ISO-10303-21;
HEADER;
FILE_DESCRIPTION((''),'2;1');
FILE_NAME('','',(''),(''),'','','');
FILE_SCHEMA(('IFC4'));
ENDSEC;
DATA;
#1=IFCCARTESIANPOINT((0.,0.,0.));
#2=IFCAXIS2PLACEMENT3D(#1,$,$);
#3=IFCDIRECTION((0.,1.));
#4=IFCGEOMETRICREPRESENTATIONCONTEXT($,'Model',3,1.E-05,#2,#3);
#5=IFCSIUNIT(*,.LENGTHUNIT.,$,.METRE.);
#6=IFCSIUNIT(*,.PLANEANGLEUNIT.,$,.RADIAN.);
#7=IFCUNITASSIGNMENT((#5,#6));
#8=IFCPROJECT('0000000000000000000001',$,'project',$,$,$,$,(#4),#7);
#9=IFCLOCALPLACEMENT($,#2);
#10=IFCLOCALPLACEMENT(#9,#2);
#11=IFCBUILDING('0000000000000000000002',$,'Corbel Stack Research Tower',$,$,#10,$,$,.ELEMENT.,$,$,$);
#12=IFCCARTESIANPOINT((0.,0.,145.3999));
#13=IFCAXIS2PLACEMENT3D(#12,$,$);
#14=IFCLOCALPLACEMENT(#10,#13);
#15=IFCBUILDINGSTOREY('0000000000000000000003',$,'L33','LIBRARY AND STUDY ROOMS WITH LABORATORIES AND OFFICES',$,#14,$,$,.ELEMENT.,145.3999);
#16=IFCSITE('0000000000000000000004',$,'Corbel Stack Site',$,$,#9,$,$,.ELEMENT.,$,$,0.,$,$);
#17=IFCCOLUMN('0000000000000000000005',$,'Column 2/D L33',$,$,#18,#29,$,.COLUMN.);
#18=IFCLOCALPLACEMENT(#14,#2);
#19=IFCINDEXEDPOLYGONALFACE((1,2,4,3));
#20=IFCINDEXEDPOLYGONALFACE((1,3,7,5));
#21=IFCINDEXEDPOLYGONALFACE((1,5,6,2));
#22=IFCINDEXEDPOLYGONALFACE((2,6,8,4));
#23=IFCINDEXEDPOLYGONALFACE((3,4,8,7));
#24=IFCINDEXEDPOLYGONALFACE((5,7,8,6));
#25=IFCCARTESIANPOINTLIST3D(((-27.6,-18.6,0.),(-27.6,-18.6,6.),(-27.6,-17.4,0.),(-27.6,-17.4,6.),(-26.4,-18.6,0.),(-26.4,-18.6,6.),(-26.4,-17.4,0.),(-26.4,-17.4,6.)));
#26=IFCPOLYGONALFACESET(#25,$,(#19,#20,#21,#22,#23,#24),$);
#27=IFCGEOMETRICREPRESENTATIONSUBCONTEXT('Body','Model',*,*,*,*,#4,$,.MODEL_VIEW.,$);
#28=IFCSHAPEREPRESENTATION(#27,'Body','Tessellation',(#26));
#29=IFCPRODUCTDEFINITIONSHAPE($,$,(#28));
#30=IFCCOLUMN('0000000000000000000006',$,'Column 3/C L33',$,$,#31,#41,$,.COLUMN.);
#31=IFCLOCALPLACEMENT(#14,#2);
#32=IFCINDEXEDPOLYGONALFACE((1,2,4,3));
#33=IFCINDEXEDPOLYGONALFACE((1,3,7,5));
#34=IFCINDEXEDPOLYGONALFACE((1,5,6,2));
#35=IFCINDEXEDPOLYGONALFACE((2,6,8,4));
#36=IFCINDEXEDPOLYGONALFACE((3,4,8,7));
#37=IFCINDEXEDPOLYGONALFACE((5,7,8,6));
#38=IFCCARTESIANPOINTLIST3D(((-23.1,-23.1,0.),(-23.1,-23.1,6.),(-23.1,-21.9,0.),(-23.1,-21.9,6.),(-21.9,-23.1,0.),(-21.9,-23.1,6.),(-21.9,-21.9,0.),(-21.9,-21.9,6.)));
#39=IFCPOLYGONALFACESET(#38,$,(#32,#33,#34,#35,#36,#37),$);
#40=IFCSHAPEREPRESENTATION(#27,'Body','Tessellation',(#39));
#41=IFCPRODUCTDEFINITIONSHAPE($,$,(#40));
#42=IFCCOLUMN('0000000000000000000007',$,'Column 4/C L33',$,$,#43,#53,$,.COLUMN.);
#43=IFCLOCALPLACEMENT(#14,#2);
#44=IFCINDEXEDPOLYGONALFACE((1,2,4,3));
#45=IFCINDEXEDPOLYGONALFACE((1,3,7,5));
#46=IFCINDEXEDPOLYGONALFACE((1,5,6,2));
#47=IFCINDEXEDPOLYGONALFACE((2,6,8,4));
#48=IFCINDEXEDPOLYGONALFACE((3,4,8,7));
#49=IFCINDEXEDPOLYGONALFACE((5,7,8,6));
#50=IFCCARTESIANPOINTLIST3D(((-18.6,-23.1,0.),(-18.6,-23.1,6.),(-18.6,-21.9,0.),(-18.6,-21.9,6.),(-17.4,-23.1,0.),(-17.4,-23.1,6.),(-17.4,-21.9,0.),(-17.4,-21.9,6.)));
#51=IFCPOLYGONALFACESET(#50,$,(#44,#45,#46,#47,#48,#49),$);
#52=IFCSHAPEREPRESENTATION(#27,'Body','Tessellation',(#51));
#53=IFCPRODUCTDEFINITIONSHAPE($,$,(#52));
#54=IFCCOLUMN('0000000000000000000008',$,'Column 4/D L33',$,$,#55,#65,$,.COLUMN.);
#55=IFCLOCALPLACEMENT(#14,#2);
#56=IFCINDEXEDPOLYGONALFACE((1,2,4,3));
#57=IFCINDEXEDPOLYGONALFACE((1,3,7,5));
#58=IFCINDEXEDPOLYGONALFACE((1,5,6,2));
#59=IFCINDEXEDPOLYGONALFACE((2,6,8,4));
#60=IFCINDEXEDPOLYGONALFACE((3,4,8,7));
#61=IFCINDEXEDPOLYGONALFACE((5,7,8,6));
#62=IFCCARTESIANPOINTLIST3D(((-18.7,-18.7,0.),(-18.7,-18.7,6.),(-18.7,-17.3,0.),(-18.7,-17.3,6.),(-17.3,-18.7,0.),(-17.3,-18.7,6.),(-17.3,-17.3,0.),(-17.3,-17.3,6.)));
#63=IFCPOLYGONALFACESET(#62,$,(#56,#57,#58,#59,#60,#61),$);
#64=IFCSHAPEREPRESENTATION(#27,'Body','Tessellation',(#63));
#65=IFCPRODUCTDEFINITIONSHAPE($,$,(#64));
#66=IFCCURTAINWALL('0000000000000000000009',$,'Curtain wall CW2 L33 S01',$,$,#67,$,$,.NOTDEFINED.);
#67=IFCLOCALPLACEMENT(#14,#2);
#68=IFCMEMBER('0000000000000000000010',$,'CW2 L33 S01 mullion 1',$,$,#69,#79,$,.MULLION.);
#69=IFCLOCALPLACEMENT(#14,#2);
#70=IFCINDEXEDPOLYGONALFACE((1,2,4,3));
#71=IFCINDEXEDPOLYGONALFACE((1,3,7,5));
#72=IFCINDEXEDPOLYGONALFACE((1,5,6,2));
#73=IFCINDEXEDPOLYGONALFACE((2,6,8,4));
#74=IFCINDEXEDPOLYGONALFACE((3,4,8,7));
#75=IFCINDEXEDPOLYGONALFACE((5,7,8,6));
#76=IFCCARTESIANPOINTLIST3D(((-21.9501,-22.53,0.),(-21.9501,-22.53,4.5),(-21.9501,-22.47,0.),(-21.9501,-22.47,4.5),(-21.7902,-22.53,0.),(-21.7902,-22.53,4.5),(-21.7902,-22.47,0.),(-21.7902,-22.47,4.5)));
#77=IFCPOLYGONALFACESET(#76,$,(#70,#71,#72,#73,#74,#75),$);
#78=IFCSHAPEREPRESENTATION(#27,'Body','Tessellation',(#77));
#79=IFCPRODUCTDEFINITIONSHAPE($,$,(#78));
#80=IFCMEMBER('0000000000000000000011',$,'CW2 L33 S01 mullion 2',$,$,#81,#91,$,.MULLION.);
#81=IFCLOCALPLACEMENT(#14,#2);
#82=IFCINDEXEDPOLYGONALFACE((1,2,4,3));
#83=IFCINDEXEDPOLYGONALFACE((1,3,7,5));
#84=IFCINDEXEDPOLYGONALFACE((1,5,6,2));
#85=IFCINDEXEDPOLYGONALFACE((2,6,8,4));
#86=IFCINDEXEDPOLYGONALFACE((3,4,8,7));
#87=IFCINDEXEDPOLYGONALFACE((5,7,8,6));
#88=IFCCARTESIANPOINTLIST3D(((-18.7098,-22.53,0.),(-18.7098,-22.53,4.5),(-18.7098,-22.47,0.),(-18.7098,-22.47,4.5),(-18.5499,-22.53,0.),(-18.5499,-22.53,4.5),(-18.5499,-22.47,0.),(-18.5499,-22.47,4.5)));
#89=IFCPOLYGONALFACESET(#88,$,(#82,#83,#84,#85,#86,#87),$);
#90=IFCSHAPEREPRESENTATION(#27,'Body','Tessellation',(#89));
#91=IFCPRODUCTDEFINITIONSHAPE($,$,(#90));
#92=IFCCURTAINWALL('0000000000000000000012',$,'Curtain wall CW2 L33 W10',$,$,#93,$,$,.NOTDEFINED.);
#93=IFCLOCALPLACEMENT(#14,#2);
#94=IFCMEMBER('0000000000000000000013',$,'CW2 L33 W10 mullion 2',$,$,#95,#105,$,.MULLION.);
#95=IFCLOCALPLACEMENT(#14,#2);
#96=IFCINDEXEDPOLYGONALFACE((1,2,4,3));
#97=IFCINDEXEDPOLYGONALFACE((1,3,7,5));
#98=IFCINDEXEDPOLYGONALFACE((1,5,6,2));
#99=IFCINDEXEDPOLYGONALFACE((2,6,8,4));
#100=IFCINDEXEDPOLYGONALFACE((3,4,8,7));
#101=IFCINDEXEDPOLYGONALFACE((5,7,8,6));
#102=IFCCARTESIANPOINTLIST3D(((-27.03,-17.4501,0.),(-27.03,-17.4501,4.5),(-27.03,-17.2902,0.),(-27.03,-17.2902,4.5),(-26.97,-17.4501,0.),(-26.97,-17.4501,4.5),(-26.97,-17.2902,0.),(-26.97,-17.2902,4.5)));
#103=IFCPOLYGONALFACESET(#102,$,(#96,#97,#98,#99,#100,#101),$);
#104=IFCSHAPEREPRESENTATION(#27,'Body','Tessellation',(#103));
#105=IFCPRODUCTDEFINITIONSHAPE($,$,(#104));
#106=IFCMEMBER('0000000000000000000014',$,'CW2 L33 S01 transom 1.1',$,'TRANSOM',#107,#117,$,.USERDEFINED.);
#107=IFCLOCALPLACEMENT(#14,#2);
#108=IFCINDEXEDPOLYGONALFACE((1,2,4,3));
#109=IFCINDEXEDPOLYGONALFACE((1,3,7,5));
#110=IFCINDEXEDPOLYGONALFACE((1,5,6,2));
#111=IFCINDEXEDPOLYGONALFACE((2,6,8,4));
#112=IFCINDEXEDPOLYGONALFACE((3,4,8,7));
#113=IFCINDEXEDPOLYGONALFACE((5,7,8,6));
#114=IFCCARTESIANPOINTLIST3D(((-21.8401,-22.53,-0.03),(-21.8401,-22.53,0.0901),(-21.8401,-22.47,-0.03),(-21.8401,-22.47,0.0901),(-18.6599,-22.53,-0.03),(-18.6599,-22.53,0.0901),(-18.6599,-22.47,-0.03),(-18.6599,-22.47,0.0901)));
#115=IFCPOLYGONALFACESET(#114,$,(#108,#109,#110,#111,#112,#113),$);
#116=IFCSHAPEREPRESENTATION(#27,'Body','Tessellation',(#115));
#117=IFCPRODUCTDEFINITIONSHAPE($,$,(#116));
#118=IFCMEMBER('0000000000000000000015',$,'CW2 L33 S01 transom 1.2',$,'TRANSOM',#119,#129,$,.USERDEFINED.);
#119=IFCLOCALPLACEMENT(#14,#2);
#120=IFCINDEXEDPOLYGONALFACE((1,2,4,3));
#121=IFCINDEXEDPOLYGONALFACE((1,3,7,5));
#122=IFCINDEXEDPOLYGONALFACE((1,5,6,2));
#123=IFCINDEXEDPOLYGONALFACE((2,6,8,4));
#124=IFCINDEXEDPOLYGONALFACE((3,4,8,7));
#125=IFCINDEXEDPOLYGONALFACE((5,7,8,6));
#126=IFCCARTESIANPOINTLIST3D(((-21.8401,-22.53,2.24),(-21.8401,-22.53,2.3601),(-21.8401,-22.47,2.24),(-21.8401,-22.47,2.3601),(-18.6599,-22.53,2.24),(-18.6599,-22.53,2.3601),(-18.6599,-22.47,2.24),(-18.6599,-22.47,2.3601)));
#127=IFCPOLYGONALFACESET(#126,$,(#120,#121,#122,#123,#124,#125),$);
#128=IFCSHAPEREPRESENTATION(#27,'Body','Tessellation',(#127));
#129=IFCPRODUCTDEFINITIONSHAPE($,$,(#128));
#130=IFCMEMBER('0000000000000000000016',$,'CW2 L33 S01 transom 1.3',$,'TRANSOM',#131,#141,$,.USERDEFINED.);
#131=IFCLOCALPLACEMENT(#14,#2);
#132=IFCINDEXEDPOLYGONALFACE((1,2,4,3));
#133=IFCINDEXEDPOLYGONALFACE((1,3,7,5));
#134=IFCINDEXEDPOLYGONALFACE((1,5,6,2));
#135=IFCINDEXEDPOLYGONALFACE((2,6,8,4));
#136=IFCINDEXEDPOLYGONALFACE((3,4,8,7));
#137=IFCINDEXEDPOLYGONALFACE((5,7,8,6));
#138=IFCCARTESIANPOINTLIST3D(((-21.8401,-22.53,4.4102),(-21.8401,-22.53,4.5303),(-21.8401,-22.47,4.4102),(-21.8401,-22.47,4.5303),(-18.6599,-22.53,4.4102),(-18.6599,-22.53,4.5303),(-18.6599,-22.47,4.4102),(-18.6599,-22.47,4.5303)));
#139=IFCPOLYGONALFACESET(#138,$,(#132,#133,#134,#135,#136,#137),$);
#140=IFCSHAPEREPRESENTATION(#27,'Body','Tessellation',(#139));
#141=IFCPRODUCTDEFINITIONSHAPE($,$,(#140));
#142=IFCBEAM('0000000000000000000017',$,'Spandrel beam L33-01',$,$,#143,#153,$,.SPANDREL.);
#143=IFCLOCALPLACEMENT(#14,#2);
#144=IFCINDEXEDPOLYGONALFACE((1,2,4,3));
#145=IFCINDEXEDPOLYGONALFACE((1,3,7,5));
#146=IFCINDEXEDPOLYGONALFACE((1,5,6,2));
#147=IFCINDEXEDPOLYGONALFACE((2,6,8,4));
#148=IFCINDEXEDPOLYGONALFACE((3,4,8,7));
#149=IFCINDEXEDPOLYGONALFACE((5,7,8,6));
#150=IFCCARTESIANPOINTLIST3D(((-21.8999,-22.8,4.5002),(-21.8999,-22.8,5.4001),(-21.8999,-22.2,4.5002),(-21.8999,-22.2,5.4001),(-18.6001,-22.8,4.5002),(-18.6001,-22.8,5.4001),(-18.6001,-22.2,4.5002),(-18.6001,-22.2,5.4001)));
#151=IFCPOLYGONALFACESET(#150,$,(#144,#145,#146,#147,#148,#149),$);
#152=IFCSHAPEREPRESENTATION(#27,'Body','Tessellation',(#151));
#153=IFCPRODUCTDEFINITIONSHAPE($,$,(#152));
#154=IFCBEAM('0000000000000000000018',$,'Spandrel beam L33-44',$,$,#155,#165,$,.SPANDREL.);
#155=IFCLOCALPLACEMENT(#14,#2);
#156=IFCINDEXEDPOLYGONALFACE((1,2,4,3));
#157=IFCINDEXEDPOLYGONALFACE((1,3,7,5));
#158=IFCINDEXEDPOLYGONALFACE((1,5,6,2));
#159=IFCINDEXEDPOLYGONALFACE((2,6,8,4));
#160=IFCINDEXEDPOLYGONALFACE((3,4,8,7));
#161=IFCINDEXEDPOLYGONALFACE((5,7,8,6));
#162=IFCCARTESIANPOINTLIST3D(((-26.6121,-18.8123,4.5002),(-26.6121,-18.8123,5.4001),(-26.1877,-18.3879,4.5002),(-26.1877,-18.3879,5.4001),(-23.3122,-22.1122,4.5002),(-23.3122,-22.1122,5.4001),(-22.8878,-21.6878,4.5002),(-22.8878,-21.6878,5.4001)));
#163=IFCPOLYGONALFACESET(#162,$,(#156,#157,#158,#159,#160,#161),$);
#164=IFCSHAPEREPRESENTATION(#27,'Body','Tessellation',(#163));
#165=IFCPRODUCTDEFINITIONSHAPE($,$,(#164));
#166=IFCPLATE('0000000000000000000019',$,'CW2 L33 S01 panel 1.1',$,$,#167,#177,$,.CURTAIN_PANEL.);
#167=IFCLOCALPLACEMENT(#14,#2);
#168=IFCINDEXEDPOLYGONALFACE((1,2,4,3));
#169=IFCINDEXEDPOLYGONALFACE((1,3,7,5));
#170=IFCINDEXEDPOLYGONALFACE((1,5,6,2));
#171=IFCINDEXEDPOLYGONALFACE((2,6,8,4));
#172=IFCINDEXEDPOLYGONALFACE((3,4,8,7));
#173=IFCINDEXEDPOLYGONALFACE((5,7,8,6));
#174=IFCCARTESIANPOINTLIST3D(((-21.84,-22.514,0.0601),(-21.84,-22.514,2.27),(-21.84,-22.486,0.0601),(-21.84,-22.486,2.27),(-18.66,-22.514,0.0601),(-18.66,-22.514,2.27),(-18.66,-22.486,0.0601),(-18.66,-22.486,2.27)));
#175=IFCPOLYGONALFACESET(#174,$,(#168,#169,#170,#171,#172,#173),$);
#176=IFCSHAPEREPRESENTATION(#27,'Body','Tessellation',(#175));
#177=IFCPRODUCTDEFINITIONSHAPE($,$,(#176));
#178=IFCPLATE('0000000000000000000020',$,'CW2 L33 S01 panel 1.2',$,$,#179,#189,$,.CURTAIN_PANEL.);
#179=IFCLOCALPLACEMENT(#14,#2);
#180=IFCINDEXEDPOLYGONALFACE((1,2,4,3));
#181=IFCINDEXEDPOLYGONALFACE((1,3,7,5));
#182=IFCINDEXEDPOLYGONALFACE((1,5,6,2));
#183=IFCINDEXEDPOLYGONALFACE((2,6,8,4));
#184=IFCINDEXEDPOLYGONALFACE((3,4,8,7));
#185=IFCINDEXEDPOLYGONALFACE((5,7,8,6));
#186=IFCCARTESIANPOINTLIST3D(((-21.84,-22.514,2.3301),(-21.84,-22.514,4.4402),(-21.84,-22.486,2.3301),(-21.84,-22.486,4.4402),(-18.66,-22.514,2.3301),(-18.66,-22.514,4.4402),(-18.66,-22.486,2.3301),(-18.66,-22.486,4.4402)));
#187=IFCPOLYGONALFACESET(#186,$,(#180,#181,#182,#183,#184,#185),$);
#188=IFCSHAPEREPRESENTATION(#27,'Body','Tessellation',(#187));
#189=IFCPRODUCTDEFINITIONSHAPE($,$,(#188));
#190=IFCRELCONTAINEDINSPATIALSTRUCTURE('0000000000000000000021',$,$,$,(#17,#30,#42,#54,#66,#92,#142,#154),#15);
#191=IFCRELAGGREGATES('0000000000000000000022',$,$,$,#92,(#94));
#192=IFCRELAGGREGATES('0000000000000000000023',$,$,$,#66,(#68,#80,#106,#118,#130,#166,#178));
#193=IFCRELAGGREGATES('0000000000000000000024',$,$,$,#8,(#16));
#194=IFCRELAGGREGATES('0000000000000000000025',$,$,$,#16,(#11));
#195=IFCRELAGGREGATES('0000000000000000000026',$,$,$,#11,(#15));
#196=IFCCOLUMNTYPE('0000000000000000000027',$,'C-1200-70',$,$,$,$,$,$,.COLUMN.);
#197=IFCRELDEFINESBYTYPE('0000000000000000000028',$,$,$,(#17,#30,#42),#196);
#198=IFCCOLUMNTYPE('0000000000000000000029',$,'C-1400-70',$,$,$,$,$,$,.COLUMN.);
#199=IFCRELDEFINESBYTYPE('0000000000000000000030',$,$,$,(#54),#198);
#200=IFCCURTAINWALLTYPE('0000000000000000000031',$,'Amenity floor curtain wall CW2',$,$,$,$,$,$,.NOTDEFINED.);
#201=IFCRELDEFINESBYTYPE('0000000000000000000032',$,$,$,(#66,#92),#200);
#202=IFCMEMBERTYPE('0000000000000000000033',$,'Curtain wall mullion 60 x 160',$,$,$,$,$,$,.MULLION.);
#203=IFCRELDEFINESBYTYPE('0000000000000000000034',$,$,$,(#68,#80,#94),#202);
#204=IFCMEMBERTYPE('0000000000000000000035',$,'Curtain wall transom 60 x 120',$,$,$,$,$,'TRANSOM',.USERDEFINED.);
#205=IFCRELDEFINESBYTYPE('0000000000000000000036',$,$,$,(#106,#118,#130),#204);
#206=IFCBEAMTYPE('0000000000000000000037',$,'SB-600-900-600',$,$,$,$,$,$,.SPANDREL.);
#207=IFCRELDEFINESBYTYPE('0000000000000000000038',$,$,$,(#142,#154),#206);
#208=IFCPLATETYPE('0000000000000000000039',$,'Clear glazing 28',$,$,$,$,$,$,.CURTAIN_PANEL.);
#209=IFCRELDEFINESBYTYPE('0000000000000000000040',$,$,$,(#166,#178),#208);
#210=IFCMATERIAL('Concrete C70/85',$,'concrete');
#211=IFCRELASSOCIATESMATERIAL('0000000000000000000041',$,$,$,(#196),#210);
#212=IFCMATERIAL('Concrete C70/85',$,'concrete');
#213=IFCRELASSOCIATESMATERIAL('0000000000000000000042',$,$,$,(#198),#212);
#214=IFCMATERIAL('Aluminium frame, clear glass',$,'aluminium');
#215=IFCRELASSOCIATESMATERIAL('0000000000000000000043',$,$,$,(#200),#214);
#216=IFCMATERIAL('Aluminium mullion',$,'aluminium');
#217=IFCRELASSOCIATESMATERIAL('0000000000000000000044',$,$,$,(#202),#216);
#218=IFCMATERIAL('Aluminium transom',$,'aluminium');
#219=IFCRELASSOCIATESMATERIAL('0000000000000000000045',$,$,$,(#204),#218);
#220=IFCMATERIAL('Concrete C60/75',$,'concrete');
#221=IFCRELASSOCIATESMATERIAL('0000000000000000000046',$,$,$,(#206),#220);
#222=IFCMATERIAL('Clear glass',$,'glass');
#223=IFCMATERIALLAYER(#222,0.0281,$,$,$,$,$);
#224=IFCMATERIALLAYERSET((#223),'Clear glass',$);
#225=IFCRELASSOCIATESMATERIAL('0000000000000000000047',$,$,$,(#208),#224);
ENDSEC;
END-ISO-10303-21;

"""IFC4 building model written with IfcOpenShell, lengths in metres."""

from ifc_helpers import new_model, si_unit, direction, frame, origin, origin_2d, place, context, subcontext, project, spatial, rectangle, extrude, material, layer, layer_set, material_profile, profile_set, type_object, element, aggregate, save


model = new_model("IFC4")

# Units and contexts
model_context = context("Model", 3, precision=1e-05, world=origin(), true_north=direction((0.0, 1.0)))
body_context = subcontext(model_context, "Body", "Model", "MODEL_VIEW")
ifc_project = project(units=[si_unit("LENGTHUNIT", "METRE"), si_unit("PLANEANGLEUNIT", "RADIAN")], contexts=[model_context])

# Site, building, storey
site_placement = place(None, origin())
site = spatial("IfcSite", under=ifc_project, at=site_placement, Name="Corbel Stack Site", CompositionType="ELEMENT", RefElevation=0.0)
building_placement = place(site_placement, origin())
building = spatial("IfcBuilding", under=site, at=building_placement, Name="Corbel Stack Research Tower", CompositionType="ELEMENT")
storey_placement = place(building_placement, frame((0.0, 0.0, 145.3999)))
storey = spatial("IfcBuildingStorey", under=building, at=storey_placement, Name="L33", Description="LIBRARY AND STUDY ROOMS WITH LABORATORIES AND OFFICES", CompositionType="ELEMENT", Elevation=145.3999)

# Columns
ifc_material_1 = material(Name="Concrete C70/85", Category="concrete")
ifc_material_profile_1 = material_profile(ifc_material_1, rectangle(XDim=1.2, YDim=1.2, at=origin_2d()), Name="RC 1200 x 1200")
ifc_profile_set_1 = profile_set([ifc_material_profile_1], Name="Concrete C70/85")
column_type_1 = type_object("IfcColumnType", Name="C-1200-70", PredefinedType="COLUMN", material=ifc_profile_set_1)
for number, where, z_axis, x_axis, name in (
    (1, (-27.0, -18.0, 0.0), (0.0, 0.0, 1.0), (1.0, 0.0, 0.0), "Column 2/D L33"),
    (2, (-22.5, -22.5, 0.0), (0.0, 0.0, 1.0), (1.0, 0.0, 0.0), "Column 3/C L33"),
    (3, (-18.0, -22.5, 0.0), (0.0, 0.0, 1.0), (1.0, 0.0, 0.0), "Column 4/C L33"),
):
    element("IfcColumn", number, at=place(storey_placement, frame(where, z_axis=z_axis, x_axis=x_axis)), inside=storey, type_object=column_type_1, Name=name, PredefinedType="COLUMN", context=body_context, shape_type="SweptSolid", body=[
        extrude(rectangle(XDim=1.2, YDim=1.2, at=origin_2d()), origin(), (0.0, 0.0, 1.0), 6.0),
    ])
ifc_material_2 = material(Name="Concrete C70/85", Category="concrete")
ifc_material_profile_2 = material_profile(ifc_material_2, rectangle(XDim=1.3999, YDim=1.3999, at=origin_2d()), Name="RC 1400 x 1400")
ifc_profile_set_2 = profile_set([ifc_material_profile_2], Name="Concrete C70/85")
column_type_2 = type_object("IfcColumnType", Name="C-1400-70", PredefinedType="COLUMN", material=ifc_profile_set_2)
column_placement = place(storey_placement, frame((-18.0, -18.0, 0.0), z_axis=(0.0, 0.0, 1.0), x_axis=(1.0, 0.0, 0.0)))
element("IfcColumn", 4, at=column_placement, inside=storey, type_object=column_type_2, Name="Column 4/D L33", PredefinedType="COLUMN", context=body_context, shape_type="SweptSolid", body=[
    extrude(rectangle(XDim=1.3999, YDim=1.3999, at=origin_2d()), origin(), (0.0, 0.0, 1.0), 6.0),
])

# Curtain wall, members
ifc_material_3 = material(Name="Aluminium frame, clear glass", Category="aluminium")
curtain_wall_type = type_object("IfcCurtainWallType", Name="Amenity floor curtain wall CW2", PredefinedType="NOTDEFINED", material=ifc_material_3)
curtain_wall_1_placement = place(storey_placement, origin())
curtain_wall_1 = element("IfcCurtainWall", 5, at=curtain_wall_1_placement, inside=storey, type_object=curtain_wall_type, Name="Curtain wall CW2 L33 S01", PredefinedType="NOTDEFINED")
ifc_material_4 = material(Name="Aluminium mullion", Category="aluminium")
ifc_material_profile_3 = material_profile(ifc_material_4, rectangle(XDim=0.0601, YDim=0.1599, at=origin_2d()), Name="Mullion 60 x 160")
ifc_profile_set_3 = profile_set([ifc_material_profile_3], Name="Aluminium mullion")
member_type_1 = type_object("IfcMemberType", Name="Curtain wall mullion 60 x 160", PredefinedType="MULLION", material=ifc_profile_set_3)
member_1_placement = place(storey_placement, frame((-21.8701, -22.5, 0.0), z_axis=(0.0, 0.0, 1.0), x_axis=(0.0, 1.0, 0.0)))
member_1 = element("IfcMember", 6, at=member_1_placement, type_object=member_type_1, Name="CW2 L33 S01 mullion 1", PredefinedType="MULLION", context=body_context, shape_type="SweptSolid", body=[
    extrude(rectangle(XDim=0.0601, YDim=0.1599, at=origin_2d()), origin(), (0.0, 0.0, 1.0), 4.5),
])
member_2_placement = place(storey_placement, frame((-18.6299, -22.5, 0.0), z_axis=(0.0, 0.0, 1.0), x_axis=(0.0, 1.0, 0.0)))
member_2 = element("IfcMember", 7, at=member_2_placement, type_object=member_type_1, Name="CW2 L33 S01 mullion 2", PredefinedType="MULLION", context=body_context, shape_type="SweptSolid", body=[
    extrude(rectangle(XDim=0.0601, YDim=0.1599, at=origin_2d()), origin(), (0.0, 0.0, 1.0), 4.5),
])

# Curtain wall, member
curtain_wall_2_placement = place(storey_placement, origin())
curtain_wall_2 = element("IfcCurtainWall", 8, at=curtain_wall_2_placement, inside=storey, type_object=curtain_wall_type, Name="Curtain wall CW2 L33 W10", PredefinedType="NOTDEFINED")
member_3_placement = place(storey_placement, frame((-27.0, -17.3701, 0.0), z_axis=(0.0, 0.0, 1.0), x_axis=(1.0, 0.0, 0.0)))
member_3 = element("IfcMember", 9, at=member_3_placement, type_object=member_type_1, Name="CW2 L33 W10 mullion 2", PredefinedType="MULLION", context=body_context, shape_type="SweptSolid", body=[
    extrude(rectangle(XDim=0.0601, YDim=0.1599, at=origin_2d()), origin(), (0.0, 0.0, 1.0), 4.5),
])
aggregate(curtain_wall_2, [member_3])

# Members
ifc_material_5 = material(Name="Aluminium transom", Category="aluminium")
ifc_material_profile_4 = material_profile(ifc_material_5, rectangle(XDim=0.0601, YDim=0.1201, at=origin_2d()), Name="Transom 60 x 120")
ifc_profile_set_4 = profile_set([ifc_material_profile_4], Name="Aluminium transom")
member_type_2 = type_object("IfcMemberType", Name="Curtain wall transom 60 x 120", ElementType="TRANSOM", PredefinedType="USERDEFINED", material=ifc_profile_set_4)
member_4_placement = place(storey_placement, frame((-21.8401, -22.5, 0.03), z_axis=(1.0, 0.0, 0.0), x_axis=(0.0, 1.0, 0.0)))
member_4 = element("IfcMember", 10, at=member_4_placement, type_object=member_type_2, Name="CW2 L33 S01 transom 1.1", ObjectType="TRANSOM", PredefinedType="USERDEFINED", context=body_context, shape_type="SweptSolid", body=[
    extrude(rectangle(XDim=0.0601, YDim=0.1201, at=origin_2d()), origin(), (0.0, 0.0, 1.0), 3.1802),
])
member_5_placement = place(storey_placement, frame((-21.8401, -22.5, 2.3), z_axis=(1.0, 0.0, 0.0), x_axis=(0.0, 1.0, 0.0)))
member_5 = element("IfcMember", 11, at=member_5_placement, type_object=member_type_2, Name="CW2 L33 S01 transom 1.2", ObjectType="TRANSOM", PredefinedType="USERDEFINED", context=body_context, shape_type="SweptSolid", body=[
    extrude(rectangle(XDim=0.0601, YDim=0.1201, at=origin_2d()), origin(), (0.0, 0.0, 1.0), 3.1802),
])
member_6_placement = place(storey_placement, frame((-21.8401, -22.5, 4.4702), z_axis=(1.0, 0.0, 0.0), x_axis=(0.0, 1.0, 0.0)))
member_6 = element("IfcMember", 12, at=member_6_placement, type_object=member_type_2, Name="CW2 L33 S01 transom 1.3", ObjectType="TRANSOM", PredefinedType="USERDEFINED", context=body_context, shape_type="SweptSolid", body=[
    extrude(rectangle(XDim=0.0601, YDim=0.1201, at=origin_2d()), origin(), (0.0, 0.0, 1.0), 3.1802),
])

# Beams
ifc_material_6 = material(Name="Concrete C60/75", Category="concrete")
ifc_material_profile_5 = material_profile(ifc_material_6, rectangle(XDim=0.6001, YDim=0.8999, at=origin_2d()), Name="RC 600 x 900")
ifc_profile_set_5 = profile_set([ifc_material_profile_5], Name="Concrete C60/75")
beam_type = type_object("IfcBeamType", Name="SB-600-900-600", PredefinedType="SPANDREL", material=ifc_profile_set_5)
beam_1_placement = place(storey_placement, frame((-21.8999, -22.5, 4.9502), z_axis=(1.0, 0.0, 0.0), x_axis=(0.0, 1.0, 0.0)))
element("IfcBeam", 13, at=beam_1_placement, inside=storey, type_object=beam_type, Name="Spandrel beam L33-01", PredefinedType="SPANDREL", context=body_context, shape_type="SweptSolid", body=[
    extrude(rectangle(XDim=0.6001, YDim=0.8999, at=origin_2d()), origin(), (0.0, 0.0, 1.0), 3.2998),
])
beam_2_placement = place(storey_placement, frame((-26.3999, -18.6001, 4.9502), z_axis=(0.707107, -0.707107, 0.0), x_axis=(0.707107, 0.707107, 0.0)))
element("IfcBeam", 14, at=beam_2_placement, inside=storey, type_object=beam_type, Name="Spandrel beam L33-44", PredefinedType="SPANDREL", context=body_context, shape_type="SweptSolid", body=[
    extrude(rectangle(XDim=0.6001, YDim=0.8999, at=origin_2d()), origin(), (0.0, 0.0, 1.0), 4.6667),
])

# Plates
ifc_material_7 = material(Name="Clear glass", Category="glass")
ifc_layer_1 = layer(ifc_material_7, 0.0281)
ifc_layer_set_1 = layer_set([ifc_layer_1], Name="Clear glass")
plate_type = type_object("IfcPlateType", Name="Clear glazing 28", PredefinedType="CURTAIN_PANEL", material=ifc_layer_set_1)
plate_1_placement = place(storey_placement, frame((-20.25, -22.5, 0.0601), z_axis=(0.0, 0.0, 1.0), x_axis=(1.0, 0.0, 0.0)))
plate_1 = element("IfcPlate", 15, at=plate_1_placement, type_object=plate_type, Name="CW2 L33 S01 panel 1.1", PredefinedType="CURTAIN_PANEL", context=body_context, shape_type="SweptSolid", body=[
    extrude(rectangle(XDim=3.1799, YDim=0.0281, at=origin_2d()), origin(), (0.0, 0.0, 1.0), 2.21),
])
plate_2_placement = place(storey_placement, frame((-20.25, -22.5, 2.3301), z_axis=(0.0, 0.0, 1.0), x_axis=(1.0, 0.0, 0.0)))
plate_2 = element("IfcPlate", 16, at=plate_2_placement, type_object=plate_type, Name="CW2 L33 S01 panel 1.2", PredefinedType="CURTAIN_PANEL", context=body_context, shape_type="SweptSolid", body=[
    extrude(rectangle(XDim=3.1799, YDim=0.0281, at=origin_2d()), origin(), (0.0, 0.0, 1.0), 2.1101),
])
aggregate(curtain_wall_1, [member_1, member_2, member_4, member_5, member_6, plate_1, plate_2])

save(model, "model.ifc")
